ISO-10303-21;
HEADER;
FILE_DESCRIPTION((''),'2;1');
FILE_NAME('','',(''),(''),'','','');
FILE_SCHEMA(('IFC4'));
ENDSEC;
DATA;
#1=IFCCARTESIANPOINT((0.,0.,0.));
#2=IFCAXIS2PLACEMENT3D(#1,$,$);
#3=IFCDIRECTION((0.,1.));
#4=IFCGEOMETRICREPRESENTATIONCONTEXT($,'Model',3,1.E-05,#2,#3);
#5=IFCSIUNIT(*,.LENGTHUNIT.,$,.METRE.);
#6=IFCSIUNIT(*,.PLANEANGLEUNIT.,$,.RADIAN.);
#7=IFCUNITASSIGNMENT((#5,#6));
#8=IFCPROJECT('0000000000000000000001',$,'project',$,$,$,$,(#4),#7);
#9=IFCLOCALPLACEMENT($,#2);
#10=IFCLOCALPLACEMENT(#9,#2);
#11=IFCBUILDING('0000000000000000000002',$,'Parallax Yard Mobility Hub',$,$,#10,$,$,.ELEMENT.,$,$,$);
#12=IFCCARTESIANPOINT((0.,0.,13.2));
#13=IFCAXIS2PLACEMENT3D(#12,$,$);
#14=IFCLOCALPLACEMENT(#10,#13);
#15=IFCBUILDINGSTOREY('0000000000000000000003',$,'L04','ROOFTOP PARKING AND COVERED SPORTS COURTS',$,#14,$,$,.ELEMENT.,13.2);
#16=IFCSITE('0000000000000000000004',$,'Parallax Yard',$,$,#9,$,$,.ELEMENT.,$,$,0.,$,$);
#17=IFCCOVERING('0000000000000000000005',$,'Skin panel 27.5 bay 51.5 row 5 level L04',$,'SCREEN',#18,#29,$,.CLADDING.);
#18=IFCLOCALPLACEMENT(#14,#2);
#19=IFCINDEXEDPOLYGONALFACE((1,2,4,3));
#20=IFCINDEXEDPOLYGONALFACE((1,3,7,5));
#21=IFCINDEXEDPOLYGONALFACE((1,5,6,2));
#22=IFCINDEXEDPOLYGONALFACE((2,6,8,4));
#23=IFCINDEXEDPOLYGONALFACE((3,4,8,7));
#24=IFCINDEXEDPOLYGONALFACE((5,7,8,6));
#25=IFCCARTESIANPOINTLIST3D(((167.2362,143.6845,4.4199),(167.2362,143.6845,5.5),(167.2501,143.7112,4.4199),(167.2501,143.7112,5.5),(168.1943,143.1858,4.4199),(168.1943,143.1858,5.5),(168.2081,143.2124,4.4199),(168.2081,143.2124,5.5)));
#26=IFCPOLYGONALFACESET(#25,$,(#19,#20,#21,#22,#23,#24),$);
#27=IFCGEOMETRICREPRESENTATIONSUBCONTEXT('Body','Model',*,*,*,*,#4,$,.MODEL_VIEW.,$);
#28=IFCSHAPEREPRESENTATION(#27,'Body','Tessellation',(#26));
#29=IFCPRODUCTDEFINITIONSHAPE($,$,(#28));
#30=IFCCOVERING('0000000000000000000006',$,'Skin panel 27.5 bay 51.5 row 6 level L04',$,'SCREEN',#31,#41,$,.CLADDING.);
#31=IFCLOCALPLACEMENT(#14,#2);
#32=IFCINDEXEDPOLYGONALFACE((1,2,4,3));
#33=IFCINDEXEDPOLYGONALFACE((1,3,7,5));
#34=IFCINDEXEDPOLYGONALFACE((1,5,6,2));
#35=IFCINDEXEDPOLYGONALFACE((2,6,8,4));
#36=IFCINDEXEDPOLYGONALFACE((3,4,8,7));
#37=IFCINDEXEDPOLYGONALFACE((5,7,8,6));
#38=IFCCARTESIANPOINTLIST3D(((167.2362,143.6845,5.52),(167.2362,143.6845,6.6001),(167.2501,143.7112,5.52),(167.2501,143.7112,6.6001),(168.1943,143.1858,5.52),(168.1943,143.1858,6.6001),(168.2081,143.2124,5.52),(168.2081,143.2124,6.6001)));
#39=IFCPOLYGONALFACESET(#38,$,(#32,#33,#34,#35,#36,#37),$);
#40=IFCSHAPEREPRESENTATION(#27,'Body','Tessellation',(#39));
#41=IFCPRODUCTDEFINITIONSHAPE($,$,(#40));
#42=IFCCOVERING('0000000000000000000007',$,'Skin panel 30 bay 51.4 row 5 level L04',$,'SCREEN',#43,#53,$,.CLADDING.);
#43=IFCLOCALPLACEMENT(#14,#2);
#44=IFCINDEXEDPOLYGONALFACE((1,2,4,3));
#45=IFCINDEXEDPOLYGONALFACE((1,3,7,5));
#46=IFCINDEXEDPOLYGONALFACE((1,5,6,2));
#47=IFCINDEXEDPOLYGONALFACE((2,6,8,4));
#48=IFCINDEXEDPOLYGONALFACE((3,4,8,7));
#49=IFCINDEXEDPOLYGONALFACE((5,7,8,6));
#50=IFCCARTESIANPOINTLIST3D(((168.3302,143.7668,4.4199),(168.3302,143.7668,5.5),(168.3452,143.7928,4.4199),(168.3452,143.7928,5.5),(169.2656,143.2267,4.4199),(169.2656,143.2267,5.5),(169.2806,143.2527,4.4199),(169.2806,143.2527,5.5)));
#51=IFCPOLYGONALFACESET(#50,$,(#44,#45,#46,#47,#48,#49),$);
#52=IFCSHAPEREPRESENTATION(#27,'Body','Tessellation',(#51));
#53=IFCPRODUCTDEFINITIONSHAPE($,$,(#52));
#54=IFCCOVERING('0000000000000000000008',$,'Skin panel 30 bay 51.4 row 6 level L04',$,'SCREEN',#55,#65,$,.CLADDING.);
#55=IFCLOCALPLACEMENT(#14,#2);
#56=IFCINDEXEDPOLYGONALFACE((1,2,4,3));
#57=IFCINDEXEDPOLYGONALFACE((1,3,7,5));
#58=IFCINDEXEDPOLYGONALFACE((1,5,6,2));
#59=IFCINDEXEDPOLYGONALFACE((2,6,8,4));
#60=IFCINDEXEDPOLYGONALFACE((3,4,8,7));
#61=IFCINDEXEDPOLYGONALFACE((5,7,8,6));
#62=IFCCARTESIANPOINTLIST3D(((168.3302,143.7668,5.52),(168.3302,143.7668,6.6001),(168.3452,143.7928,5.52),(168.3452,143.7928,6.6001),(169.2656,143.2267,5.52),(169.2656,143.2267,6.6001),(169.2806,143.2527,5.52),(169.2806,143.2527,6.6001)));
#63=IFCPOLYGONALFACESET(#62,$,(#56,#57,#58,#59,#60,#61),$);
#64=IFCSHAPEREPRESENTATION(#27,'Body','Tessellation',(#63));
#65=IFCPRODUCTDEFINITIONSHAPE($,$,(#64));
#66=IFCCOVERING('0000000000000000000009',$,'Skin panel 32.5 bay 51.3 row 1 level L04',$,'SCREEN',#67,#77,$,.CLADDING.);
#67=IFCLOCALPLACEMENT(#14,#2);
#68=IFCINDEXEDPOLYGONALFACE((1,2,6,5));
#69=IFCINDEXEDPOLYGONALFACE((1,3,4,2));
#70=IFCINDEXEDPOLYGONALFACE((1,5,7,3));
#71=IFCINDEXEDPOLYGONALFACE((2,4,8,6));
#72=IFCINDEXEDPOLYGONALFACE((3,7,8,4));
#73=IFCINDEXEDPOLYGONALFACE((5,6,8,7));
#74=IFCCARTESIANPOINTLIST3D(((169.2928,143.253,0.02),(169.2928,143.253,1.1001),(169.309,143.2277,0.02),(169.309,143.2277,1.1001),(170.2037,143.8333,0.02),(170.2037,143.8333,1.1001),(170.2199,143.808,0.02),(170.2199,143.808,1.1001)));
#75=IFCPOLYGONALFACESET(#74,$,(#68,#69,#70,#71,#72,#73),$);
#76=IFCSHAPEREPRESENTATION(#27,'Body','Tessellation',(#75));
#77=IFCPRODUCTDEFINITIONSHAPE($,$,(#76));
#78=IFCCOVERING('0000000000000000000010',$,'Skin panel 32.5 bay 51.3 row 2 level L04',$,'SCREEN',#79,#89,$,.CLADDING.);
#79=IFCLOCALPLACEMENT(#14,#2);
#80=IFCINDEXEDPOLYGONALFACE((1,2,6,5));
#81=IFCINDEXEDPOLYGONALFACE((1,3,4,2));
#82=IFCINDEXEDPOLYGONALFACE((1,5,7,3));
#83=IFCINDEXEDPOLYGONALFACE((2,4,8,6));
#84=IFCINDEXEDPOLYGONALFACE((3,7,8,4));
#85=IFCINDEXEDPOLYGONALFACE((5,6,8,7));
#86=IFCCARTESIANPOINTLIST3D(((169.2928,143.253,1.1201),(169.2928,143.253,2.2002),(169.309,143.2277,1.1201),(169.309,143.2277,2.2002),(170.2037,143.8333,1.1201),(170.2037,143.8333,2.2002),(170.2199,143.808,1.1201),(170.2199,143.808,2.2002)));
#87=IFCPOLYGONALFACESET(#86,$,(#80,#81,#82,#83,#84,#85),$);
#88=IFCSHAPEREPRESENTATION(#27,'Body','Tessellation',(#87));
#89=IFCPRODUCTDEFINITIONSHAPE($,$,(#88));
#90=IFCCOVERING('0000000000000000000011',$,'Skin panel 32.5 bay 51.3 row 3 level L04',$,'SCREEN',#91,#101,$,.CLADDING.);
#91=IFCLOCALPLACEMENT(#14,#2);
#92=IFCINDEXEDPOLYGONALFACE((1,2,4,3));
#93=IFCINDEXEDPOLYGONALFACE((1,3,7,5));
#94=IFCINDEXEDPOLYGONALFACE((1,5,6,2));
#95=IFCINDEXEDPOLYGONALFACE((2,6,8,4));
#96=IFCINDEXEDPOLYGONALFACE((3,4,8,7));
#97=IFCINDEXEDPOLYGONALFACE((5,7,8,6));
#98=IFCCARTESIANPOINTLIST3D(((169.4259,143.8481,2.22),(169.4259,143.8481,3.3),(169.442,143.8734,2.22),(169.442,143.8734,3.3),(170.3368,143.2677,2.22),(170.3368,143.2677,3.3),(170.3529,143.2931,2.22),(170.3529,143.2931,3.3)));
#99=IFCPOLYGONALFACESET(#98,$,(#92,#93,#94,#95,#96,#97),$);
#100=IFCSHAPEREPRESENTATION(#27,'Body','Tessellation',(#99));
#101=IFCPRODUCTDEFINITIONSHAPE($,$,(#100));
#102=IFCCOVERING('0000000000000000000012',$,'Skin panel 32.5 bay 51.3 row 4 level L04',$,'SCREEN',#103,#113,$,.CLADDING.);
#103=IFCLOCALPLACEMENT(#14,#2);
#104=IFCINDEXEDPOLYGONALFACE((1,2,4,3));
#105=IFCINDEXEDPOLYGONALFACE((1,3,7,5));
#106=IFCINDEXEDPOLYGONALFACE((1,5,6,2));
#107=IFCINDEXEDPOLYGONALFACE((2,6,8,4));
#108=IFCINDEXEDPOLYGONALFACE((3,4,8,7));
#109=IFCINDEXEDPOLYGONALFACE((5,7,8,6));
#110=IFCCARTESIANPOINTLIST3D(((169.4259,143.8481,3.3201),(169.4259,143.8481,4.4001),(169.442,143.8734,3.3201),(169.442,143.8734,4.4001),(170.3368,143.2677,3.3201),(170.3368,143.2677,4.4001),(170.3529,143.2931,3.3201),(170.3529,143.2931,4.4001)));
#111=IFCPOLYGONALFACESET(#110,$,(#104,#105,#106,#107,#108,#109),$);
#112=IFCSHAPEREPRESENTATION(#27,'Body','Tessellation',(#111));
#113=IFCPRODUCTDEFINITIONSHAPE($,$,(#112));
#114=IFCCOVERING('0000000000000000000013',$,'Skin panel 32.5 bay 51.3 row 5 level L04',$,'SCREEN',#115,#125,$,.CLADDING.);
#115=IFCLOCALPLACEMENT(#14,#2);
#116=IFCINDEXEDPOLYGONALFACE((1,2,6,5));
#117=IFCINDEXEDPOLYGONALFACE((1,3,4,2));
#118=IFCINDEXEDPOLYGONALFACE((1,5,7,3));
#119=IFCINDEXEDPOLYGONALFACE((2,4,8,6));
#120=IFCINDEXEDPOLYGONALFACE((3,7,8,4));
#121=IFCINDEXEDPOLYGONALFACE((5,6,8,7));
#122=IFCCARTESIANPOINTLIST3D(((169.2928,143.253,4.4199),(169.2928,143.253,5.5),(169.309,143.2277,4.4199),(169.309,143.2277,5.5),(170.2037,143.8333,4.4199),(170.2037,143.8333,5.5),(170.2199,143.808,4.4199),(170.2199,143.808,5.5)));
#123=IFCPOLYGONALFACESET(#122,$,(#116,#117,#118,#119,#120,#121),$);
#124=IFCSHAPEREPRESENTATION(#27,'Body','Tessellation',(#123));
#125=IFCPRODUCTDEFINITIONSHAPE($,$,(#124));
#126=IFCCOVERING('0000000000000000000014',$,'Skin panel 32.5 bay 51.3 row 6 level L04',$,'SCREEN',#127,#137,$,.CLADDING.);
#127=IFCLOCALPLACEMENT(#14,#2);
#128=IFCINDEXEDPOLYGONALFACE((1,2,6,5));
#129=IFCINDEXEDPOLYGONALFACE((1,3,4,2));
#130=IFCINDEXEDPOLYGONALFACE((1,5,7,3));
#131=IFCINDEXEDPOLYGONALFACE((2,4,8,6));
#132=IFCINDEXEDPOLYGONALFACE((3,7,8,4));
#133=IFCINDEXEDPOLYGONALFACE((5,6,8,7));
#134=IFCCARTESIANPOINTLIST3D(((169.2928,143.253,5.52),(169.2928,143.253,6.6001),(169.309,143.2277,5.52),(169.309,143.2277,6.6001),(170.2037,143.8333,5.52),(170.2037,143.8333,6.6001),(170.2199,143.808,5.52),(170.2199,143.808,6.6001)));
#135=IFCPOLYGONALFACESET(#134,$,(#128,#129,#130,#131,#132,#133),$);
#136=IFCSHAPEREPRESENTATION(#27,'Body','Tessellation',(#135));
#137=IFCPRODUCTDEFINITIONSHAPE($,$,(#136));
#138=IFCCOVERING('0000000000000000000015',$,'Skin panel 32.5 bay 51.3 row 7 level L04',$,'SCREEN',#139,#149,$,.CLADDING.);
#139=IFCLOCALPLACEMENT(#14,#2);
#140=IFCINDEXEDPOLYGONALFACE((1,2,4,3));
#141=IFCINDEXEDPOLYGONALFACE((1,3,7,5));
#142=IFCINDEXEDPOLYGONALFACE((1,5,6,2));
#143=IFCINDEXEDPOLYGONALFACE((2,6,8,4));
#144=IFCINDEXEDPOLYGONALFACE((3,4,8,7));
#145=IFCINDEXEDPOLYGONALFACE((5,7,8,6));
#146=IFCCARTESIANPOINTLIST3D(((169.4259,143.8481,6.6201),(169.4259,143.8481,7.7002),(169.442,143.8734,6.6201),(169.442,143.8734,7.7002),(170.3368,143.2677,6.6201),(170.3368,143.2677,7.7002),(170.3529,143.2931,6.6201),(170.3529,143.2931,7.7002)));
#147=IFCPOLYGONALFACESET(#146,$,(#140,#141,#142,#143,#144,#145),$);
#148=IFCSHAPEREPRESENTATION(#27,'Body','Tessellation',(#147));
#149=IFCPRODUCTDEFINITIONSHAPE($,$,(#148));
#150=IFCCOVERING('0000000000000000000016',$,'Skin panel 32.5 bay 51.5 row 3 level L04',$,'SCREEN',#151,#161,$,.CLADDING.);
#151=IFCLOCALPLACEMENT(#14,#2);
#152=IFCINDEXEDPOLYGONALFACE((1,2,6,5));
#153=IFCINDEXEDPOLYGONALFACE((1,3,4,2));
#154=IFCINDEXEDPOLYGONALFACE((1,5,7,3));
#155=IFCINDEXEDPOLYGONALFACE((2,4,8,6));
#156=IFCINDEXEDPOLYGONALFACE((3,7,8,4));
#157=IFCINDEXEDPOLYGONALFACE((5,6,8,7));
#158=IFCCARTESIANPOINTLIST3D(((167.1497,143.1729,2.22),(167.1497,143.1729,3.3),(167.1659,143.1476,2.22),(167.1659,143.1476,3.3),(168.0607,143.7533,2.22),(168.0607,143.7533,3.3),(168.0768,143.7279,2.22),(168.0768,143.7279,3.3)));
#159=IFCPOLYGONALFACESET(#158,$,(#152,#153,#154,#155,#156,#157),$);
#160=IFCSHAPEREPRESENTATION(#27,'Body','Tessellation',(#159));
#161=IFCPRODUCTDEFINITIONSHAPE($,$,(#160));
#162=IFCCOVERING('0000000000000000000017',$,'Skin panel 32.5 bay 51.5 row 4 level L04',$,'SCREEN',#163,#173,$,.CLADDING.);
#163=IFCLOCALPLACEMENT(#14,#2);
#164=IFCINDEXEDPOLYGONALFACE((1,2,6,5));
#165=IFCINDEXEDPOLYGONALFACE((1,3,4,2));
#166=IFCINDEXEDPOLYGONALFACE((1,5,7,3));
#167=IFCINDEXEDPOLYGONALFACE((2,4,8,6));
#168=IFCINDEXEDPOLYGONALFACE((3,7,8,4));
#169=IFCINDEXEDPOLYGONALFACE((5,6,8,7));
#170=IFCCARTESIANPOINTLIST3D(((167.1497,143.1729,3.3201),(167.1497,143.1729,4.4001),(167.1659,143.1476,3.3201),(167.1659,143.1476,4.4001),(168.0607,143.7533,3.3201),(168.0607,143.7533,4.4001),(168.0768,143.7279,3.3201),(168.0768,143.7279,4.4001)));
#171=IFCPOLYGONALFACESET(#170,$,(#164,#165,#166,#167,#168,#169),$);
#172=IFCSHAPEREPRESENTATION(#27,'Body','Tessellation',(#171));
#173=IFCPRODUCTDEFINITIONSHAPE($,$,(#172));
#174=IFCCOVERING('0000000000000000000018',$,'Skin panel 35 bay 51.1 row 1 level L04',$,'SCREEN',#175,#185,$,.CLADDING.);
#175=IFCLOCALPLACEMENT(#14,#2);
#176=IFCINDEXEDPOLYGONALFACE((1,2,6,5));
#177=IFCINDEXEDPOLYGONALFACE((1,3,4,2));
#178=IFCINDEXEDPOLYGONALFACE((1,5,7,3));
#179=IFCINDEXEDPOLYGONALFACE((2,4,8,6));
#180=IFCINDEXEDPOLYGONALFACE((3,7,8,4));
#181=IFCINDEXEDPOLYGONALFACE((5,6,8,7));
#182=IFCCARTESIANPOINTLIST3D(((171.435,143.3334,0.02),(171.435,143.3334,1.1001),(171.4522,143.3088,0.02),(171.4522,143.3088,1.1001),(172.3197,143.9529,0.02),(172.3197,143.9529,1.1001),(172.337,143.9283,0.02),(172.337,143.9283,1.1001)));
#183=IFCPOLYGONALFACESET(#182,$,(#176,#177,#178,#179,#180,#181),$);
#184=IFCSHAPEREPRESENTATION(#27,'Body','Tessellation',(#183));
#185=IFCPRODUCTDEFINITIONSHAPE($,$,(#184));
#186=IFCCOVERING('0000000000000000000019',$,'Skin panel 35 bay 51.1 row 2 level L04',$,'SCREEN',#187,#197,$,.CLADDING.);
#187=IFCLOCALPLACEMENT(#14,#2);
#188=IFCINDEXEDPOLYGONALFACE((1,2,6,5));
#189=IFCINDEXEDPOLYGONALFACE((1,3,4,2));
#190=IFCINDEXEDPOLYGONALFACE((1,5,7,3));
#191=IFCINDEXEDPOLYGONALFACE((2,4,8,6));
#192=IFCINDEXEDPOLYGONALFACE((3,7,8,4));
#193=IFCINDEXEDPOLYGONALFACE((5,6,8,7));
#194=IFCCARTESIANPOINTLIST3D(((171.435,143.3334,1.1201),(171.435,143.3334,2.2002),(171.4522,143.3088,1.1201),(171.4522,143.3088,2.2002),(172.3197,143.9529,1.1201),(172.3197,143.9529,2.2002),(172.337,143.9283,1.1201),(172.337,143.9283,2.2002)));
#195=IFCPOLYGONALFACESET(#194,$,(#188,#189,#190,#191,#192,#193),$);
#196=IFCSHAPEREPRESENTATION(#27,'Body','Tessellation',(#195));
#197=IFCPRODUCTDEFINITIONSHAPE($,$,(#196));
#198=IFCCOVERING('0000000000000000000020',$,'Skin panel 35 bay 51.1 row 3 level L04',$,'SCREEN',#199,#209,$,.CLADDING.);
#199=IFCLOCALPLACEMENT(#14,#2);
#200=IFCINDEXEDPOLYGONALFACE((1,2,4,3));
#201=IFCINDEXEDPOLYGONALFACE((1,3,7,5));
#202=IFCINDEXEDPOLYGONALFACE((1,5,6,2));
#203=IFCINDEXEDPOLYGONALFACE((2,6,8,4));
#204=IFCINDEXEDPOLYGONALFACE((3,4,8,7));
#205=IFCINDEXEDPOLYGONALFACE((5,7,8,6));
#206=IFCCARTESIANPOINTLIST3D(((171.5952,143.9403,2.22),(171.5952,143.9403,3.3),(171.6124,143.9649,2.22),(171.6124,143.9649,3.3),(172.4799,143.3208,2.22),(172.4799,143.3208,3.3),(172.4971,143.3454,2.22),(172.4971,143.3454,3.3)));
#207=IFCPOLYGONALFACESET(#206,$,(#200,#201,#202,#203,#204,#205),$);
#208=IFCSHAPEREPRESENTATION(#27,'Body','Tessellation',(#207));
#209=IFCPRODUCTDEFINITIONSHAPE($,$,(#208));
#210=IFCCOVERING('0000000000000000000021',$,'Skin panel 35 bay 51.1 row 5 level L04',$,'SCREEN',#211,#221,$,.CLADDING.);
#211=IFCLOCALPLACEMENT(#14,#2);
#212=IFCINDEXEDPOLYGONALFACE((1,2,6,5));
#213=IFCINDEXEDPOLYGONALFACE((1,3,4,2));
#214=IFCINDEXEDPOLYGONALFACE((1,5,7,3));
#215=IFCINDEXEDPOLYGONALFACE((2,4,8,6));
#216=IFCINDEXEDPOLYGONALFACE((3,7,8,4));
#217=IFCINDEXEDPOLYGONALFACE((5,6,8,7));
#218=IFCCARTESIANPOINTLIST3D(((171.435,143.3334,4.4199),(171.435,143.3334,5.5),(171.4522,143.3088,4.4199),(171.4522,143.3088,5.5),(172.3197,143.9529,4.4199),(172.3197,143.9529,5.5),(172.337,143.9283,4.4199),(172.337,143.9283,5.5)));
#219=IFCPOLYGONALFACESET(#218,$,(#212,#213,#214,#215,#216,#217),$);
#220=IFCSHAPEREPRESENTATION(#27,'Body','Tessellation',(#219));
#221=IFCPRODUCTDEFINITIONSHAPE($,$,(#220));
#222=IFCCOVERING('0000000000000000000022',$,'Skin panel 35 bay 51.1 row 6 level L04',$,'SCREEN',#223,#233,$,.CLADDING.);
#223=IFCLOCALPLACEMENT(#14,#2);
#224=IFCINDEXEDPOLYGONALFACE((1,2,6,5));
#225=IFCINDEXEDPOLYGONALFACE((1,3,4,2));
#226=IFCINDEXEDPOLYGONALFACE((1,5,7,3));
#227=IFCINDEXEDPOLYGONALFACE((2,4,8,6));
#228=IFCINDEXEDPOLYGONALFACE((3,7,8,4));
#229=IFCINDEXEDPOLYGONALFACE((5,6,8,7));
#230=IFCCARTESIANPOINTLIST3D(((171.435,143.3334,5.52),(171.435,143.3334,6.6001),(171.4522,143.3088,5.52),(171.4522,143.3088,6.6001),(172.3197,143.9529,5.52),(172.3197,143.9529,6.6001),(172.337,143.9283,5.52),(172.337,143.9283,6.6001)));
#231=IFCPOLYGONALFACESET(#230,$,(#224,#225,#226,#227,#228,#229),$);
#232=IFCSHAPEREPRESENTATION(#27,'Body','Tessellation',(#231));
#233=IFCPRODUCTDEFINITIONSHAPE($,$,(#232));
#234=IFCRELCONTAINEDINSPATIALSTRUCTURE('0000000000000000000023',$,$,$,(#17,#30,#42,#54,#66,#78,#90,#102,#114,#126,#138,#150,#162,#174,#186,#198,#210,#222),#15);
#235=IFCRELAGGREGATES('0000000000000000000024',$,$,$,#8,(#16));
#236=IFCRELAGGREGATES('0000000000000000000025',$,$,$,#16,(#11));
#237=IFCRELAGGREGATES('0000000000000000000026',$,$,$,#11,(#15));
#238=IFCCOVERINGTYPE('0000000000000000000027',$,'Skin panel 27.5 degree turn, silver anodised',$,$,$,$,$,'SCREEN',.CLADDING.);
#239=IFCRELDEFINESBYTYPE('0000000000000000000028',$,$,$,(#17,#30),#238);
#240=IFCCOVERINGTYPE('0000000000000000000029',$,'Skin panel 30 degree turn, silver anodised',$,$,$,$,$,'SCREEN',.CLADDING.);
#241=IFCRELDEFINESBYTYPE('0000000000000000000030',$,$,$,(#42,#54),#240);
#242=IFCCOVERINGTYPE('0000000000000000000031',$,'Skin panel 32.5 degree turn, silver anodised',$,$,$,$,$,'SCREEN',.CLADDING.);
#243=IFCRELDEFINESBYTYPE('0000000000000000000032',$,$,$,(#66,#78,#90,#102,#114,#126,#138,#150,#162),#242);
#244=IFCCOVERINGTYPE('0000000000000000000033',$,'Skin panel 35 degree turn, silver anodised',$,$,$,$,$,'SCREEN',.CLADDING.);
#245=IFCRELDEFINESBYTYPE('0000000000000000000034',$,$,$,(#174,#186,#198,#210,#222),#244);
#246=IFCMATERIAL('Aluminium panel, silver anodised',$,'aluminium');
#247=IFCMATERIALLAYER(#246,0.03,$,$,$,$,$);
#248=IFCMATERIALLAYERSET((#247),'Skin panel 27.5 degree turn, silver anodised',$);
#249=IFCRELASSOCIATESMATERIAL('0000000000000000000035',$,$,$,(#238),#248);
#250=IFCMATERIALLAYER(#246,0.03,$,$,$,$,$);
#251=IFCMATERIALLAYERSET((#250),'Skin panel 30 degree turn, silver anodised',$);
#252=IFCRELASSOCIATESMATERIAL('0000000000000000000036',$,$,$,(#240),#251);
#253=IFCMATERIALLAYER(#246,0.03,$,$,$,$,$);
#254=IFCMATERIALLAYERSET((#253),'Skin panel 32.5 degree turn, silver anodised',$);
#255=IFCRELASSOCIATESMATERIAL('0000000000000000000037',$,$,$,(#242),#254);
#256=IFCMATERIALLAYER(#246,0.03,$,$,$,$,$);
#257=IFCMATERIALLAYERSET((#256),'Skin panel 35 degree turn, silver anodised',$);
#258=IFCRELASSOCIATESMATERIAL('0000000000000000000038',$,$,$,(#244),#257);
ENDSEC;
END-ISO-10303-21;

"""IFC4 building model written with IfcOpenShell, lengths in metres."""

from ifc_helpers import new_model, si_unit, direction, frame, origin, origin_2d, place, context, subcontext, project, spatial, rectangle, extrude, material, layer, layer_set, type_object, element, save


model = new_model("IFC4")

# Units and contexts
model_context = context("Model", 3, precision=1e-05, world=origin(), true_north=direction((0.0, 1.0)))
body_context = subcontext(model_context, "Body", "Model", "MODEL_VIEW")
ifc_project = project(units=[si_unit("LENGTHUNIT", "METRE"), si_unit("PLANEANGLEUNIT", "RADIAN")], contexts=[model_context])

# Site, building, storey
site_placement = place(None, origin())
site = spatial("IfcSite", under=ifc_project, at=site_placement, Name="Parallax Yard", CompositionType="ELEMENT", RefElevation=0.0)
building_placement = place(site_placement, origin())
building = spatial("IfcBuilding", under=site, at=building_placement, Name="Parallax Yard Mobility Hub", CompositionType="ELEMENT")
storey_placement = place(building_placement, frame((0.0, 0.0, 13.2)))
storey = spatial("IfcBuildingStorey", under=building, at=storey_placement, Name="L04", Description="ROOFTOP PARKING AND COVERED SPORTS COURTS", CompositionType="ELEMENT", Elevation=13.2)

# Coverings
ifc_material = material(Name="Aluminium panel, silver anodised", Category="aluminium")
ifc_layer_1 = layer(ifc_material, 0.03)
ifc_layer_set_1 = layer_set([ifc_layer_1], Name="Skin panel 27.5 degree turn, silver anodised")
covering_type_1 = type_object("IfcCoveringType", Name="Skin panel 27.5 degree turn, silver anodised", ElementType="SCREEN", PredefinedType="CLADDING", material=ifc_layer_set_1)
for number, where, z_axis, x_axis, name in (
    (1, (167.7222, 143.4485, 4.4199), (0.0, 0.0, 1.0), (-0.887011, 0.461749, 0.0), "Skin panel 27.5 bay 51.5 row 5 level L04"),
    (2, (167.7222, 143.4485, 5.52), (0.0, 0.0, 1.0), (-0.887011, 0.461749, 0.0), "Skin panel 27.5 bay 51.5 row 6 level L04"),
):
    element("IfcCovering", number, at=place(storey_placement, frame(where, z_axis=z_axis, x_axis=x_axis)), inside=storey, type_object=covering_type_1, Name=name, ObjectType="SCREEN", PredefinedType="CLADDING", context=body_context, shape_type="SweptSolid", body=[
        extrude(rectangle(XDim=1.0801, YDim=0.03, at=origin_2d()), origin(), (0.0, 0.0, 1.0), 1.0801),
    ])
ifc_layer_2 = layer(ifc_material, 0.03)
ifc_layer_set_2 = layer_set([ifc_layer_2], Name="Skin panel 30 degree turn, silver anodised")
covering_type_2 = type_object("IfcCoveringType", Name="Skin panel 30 degree turn, silver anodised", ElementType="SCREEN", PredefinedType="CLADDING", material=ifc_layer_set_2)
for number, where, z_axis, x_axis, name in (
    (3, (168.8054, 143.5098, 4.4199), (0.0, 0.0, 1.0), (-0.866025, 0.5, 0.0), "Skin panel 30 bay 51.4 row 5 level L04"),
    (4, (168.8054, 143.5098, 5.52), (0.0, 0.0, 1.0), (-0.866025, 0.5, 0.0), "Skin panel 30 bay 51.4 row 6 level L04"),
):
    element("IfcCovering", number, at=place(storey_placement, frame(where, z_axis=z_axis, x_axis=x_axis)), inside=storey, type_object=covering_type_2, Name=name, ObjectType="SCREEN", PredefinedType="CLADDING", context=body_context, shape_type="SweptSolid", body=[
        extrude(rectangle(XDim=1.0801, YDim=0.03, at=origin_2d()), origin(), (0.0, 0.0, 1.0), 1.0801),
    ])
ifc_layer_3 = layer(ifc_material, 0.03)
ifc_layer_set_3 = layer_set([ifc_layer_3], Name="Skin panel 32.5 degree turn, silver anodised")
covering_type_3 = type_object("IfcCoveringType", Name="Skin panel 32.5 degree turn, silver anodised", ElementType="SCREEN", PredefinedType="CLADDING", material=ifc_layer_set_3)
for number, where, z_axis, x_axis, name in (
    (5, (169.7563, 143.5305, 0.02), (0.0, 0.0, 1.0), (0.843391, 0.5373, 0.0), "Skin panel 32.5 bay 51.3 row 1 level L04"),
    (6, (169.7563, 143.5305, 1.1201), (0.0, 0.0, 1.0), (0.843391, 0.5373, 0.0), "Skin panel 32.5 bay 51.3 row 2 level L04"),
    (7, (169.8894, 143.5706, 2.22), (0.0, 0.0, 1.0), (-0.843391, 0.5373, 0.0), "Skin panel 32.5 bay 51.3 row 3 level L04"),
    (8, (169.8894, 143.5706, 3.3201), (0.0, 0.0, 1.0), (-0.843391, 0.5373, 0.0), "Skin panel 32.5 bay 51.3 row 4 level L04"),
    (9, (169.7563, 143.5305, 4.4199), (0.0, 0.0, 1.0), (0.843391, 0.5373, 0.0), "Skin panel 32.5 bay 51.3 row 5 level L04"),
    (10, (169.7563, 143.5305, 5.52), (0.0, 0.0, 1.0), (0.843391, 0.5373, 0.0), "Skin panel 32.5 bay 51.3 row 6 level L04"),
    (11, (169.8894, 143.5706, 6.6201), (0.0, 0.0, 1.0), (-0.843391, 0.5373, 0.0), "Skin panel 32.5 bay 51.3 row 7 level L04"),
    (12, (167.6133, 143.4504, 2.22), (0.0, 0.0, 1.0), (0.843391, 0.5373, 0.0), "Skin panel 32.5 bay 51.5 row 3 level L04"),
    (13, (167.6133, 143.4504, 3.3201), (0.0, 0.0, 1.0), (0.843391, 0.5373, 0.0), "Skin panel 32.5 bay 51.5 row 4 level L04"),
):
    element("IfcCovering", number, at=place(storey_placement, frame(where, z_axis=z_axis, x_axis=x_axis)), inside=storey, type_object=covering_type_3, Name=name, ObjectType="SCREEN", PredefinedType="CLADDING", context=body_context, shape_type="SweptSolid", body=[
        extrude(rectangle(XDim=1.0801, YDim=0.03, at=origin_2d()), origin(), (0.0, 0.0, 1.0), 1.0801),
    ])
ifc_layer_4 = layer(ifc_material, 0.03)
ifc_layer_set_4 = layer_set([ifc_layer_4], Name="Skin panel 35 degree turn, silver anodised")
covering_type_4 = type_object("IfcCoveringType", Name="Skin panel 35 degree turn, silver anodised", ElementType="SCREEN", PredefinedType="CLADDING", material=ifc_layer_set_4)
for number, where, z_axis, x_axis, name in (
    (14, (171.886, 143.6309, 0.02), (0.0, 0.0, 1.0), (0.819152, 0.573576, 0.0), "Skin panel 35 bay 51.1 row 1 level L04"),
    (15, (171.886, 143.6309, 1.1201), (0.0, 0.0, 1.0), (0.819152, 0.573576, 0.0), "Skin panel 35 bay 51.1 row 2 level L04"),
    (16, (172.0461, 143.6428, 2.22), (0.0, 0.0, 1.0), (-0.819152, 0.573576, 0.0), "Skin panel 35 bay 51.1 row 3 level L04"),
    (17, (171.886, 143.6309, 4.4199), (0.0, 0.0, 1.0), (0.819152, 0.573576, 0.0), "Skin panel 35 bay 51.1 row 5 level L04"),
    (18, (171.886, 143.6309, 5.52), (0.0, 0.0, 1.0), (0.819152, 0.573576, 0.0), "Skin panel 35 bay 51.1 row 6 level L04"),
):
    element("IfcCovering", number, at=place(storey_placement, frame(where, z_axis=z_axis, x_axis=x_axis)), inside=storey, type_object=covering_type_4, Name=name, ObjectType="SCREEN", PredefinedType="CLADDING", context=body_context, shape_type="SweptSolid", body=[
        extrude(rectangle(XDim=1.0801, YDim=0.03, at=origin_2d()), origin(), (0.0, 0.0, 1.0), 1.0801),
    ])

save(model, "model.ifc")
